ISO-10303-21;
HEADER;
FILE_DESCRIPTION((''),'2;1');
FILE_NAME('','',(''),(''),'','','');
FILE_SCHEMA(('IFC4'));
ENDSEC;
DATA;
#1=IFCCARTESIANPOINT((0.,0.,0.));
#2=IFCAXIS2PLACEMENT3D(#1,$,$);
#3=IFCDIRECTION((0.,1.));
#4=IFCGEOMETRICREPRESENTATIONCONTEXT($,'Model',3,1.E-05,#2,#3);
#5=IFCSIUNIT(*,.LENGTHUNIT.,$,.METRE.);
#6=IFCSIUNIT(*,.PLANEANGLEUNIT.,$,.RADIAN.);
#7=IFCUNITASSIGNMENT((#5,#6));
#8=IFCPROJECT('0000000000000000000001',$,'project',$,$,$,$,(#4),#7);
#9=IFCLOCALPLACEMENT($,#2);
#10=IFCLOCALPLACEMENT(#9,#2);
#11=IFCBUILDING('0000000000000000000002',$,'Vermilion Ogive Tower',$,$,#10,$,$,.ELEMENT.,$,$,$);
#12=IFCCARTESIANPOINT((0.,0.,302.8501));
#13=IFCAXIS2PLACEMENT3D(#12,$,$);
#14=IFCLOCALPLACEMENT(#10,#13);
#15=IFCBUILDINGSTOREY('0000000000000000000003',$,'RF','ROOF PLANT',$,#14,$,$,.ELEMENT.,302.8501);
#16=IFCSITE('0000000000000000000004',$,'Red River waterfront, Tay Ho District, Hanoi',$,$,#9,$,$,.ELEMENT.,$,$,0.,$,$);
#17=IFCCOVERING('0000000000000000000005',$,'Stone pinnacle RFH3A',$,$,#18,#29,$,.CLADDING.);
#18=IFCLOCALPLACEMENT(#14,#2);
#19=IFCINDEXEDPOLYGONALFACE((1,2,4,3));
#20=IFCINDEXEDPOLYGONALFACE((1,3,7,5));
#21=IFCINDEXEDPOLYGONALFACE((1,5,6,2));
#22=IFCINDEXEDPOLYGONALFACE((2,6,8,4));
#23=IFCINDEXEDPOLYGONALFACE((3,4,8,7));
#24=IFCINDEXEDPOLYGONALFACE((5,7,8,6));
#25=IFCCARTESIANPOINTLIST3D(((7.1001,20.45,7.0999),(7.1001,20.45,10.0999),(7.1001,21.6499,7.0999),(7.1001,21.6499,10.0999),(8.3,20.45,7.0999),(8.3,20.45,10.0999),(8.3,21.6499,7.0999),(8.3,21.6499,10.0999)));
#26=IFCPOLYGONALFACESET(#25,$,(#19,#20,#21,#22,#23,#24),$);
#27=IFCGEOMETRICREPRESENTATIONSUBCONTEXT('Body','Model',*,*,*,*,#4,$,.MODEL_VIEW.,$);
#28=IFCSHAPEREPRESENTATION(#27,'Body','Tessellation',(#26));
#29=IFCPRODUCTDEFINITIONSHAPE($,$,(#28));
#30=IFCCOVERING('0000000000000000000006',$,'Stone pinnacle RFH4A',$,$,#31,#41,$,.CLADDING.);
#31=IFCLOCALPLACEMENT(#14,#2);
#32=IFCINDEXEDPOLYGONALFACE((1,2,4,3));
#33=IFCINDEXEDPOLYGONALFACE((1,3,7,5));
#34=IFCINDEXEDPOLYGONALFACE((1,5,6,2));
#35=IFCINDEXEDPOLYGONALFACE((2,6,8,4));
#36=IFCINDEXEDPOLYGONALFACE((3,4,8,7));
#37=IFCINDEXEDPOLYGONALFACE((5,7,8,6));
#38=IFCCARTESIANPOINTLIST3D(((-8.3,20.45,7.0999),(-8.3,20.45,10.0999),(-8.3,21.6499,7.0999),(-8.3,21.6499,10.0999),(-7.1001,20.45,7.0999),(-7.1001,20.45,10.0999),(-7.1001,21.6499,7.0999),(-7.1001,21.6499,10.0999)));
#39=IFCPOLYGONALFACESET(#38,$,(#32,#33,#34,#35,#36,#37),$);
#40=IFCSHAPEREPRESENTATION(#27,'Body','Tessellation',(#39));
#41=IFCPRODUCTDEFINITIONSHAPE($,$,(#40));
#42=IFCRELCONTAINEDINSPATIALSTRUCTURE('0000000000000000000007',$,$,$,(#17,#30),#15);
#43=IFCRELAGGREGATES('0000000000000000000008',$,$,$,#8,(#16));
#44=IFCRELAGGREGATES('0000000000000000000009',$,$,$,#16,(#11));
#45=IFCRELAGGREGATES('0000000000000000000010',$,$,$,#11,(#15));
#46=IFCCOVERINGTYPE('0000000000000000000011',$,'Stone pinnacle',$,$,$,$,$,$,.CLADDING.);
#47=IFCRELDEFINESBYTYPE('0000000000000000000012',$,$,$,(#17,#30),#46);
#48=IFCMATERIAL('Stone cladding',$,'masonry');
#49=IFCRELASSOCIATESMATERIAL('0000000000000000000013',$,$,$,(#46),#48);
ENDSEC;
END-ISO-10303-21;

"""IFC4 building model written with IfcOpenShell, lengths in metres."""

from ifc_helpers import new_model, si_unit, direction, frame, origin, place, context, subcontext, project, spatial, polyline, outline, extrude, material, type_object, element, save


model = new_model("IFC4")

# Units and contexts
model_context = context("Model", 3, precision=1e-05, world=origin(), true_north=direction((0.0, 1.0)))
body_context = subcontext(model_context, "Body", "Model", "MODEL_VIEW")
ifc_project = project(units=[si_unit("LENGTHUNIT", "METRE"), si_unit("PLANEANGLEUNIT", "RADIAN")], contexts=[model_context])

# Site, building, storey
site_placement = place(None, origin())
site = spatial("IfcSite", under=ifc_project, at=site_placement, Name="Red River waterfront, Tay Ho District, Hanoi", CompositionType="ELEMENT", RefElevation=0.0)
building_placement = place(site_placement, origin())
building = spatial("IfcBuilding", under=site, at=building_placement, Name="Vermilion Ogive Tower", CompositionType="ELEMENT")
storey_placement = place(building_placement, frame((0.0, 0.0, 302.8501)))
storey = spatial("IfcBuildingStorey", under=building, at=storey_placement, Name="RF", Description="ROOF PLANT", CompositionType="ELEMENT", Elevation=302.8501)

# Coverings
ifc_material_1 = material(Name="Stone cladding", Category="masonry")
covering_type_1 = type_object("IfcCoveringType", Name="Stone pinnacle", PredefinedType="CLADDING", material=ifc_material_1)
covering_1_placement = place(storey_placement, frame((0.0, 0.0, 7.0999)))
element("IfcCovering", 1, at=covering_1_placement, inside=storey, type_object=covering_type_1, Name="Stone pinnacle RFH3A", PredefinedType="CLADDING", context=body_context, shape_type="SweptSolid", body=[
    extrude(outline(polyline([(7.1001, 20.45), (8.3, 20.45), (8.3, 21.6499), (7.1001, 21.6499), (7.1001, 20.45)])), origin(), (0.0, 0.0, 1.0), 3.0),
])
covering_2_placement = place(storey_placement, frame((0.0, 0.0, 7.0999)))
element("IfcCovering", 2, at=covering_2_placement, inside=storey, type_object=covering_type_1, Name="Stone pinnacle RFH4A", PredefinedType="CLADDING", context=body_context, shape_type="SweptSolid", body=[
    extrude(outline(polyline([(-8.3, 20.45), (-7.1001, 20.45), (-7.1001, 21.6499), (-8.3, 21.6499), (-8.3, 20.45)])), origin(), (0.0, 0.0, 1.0), 3.0),
])

save(model, "model.ifc")
